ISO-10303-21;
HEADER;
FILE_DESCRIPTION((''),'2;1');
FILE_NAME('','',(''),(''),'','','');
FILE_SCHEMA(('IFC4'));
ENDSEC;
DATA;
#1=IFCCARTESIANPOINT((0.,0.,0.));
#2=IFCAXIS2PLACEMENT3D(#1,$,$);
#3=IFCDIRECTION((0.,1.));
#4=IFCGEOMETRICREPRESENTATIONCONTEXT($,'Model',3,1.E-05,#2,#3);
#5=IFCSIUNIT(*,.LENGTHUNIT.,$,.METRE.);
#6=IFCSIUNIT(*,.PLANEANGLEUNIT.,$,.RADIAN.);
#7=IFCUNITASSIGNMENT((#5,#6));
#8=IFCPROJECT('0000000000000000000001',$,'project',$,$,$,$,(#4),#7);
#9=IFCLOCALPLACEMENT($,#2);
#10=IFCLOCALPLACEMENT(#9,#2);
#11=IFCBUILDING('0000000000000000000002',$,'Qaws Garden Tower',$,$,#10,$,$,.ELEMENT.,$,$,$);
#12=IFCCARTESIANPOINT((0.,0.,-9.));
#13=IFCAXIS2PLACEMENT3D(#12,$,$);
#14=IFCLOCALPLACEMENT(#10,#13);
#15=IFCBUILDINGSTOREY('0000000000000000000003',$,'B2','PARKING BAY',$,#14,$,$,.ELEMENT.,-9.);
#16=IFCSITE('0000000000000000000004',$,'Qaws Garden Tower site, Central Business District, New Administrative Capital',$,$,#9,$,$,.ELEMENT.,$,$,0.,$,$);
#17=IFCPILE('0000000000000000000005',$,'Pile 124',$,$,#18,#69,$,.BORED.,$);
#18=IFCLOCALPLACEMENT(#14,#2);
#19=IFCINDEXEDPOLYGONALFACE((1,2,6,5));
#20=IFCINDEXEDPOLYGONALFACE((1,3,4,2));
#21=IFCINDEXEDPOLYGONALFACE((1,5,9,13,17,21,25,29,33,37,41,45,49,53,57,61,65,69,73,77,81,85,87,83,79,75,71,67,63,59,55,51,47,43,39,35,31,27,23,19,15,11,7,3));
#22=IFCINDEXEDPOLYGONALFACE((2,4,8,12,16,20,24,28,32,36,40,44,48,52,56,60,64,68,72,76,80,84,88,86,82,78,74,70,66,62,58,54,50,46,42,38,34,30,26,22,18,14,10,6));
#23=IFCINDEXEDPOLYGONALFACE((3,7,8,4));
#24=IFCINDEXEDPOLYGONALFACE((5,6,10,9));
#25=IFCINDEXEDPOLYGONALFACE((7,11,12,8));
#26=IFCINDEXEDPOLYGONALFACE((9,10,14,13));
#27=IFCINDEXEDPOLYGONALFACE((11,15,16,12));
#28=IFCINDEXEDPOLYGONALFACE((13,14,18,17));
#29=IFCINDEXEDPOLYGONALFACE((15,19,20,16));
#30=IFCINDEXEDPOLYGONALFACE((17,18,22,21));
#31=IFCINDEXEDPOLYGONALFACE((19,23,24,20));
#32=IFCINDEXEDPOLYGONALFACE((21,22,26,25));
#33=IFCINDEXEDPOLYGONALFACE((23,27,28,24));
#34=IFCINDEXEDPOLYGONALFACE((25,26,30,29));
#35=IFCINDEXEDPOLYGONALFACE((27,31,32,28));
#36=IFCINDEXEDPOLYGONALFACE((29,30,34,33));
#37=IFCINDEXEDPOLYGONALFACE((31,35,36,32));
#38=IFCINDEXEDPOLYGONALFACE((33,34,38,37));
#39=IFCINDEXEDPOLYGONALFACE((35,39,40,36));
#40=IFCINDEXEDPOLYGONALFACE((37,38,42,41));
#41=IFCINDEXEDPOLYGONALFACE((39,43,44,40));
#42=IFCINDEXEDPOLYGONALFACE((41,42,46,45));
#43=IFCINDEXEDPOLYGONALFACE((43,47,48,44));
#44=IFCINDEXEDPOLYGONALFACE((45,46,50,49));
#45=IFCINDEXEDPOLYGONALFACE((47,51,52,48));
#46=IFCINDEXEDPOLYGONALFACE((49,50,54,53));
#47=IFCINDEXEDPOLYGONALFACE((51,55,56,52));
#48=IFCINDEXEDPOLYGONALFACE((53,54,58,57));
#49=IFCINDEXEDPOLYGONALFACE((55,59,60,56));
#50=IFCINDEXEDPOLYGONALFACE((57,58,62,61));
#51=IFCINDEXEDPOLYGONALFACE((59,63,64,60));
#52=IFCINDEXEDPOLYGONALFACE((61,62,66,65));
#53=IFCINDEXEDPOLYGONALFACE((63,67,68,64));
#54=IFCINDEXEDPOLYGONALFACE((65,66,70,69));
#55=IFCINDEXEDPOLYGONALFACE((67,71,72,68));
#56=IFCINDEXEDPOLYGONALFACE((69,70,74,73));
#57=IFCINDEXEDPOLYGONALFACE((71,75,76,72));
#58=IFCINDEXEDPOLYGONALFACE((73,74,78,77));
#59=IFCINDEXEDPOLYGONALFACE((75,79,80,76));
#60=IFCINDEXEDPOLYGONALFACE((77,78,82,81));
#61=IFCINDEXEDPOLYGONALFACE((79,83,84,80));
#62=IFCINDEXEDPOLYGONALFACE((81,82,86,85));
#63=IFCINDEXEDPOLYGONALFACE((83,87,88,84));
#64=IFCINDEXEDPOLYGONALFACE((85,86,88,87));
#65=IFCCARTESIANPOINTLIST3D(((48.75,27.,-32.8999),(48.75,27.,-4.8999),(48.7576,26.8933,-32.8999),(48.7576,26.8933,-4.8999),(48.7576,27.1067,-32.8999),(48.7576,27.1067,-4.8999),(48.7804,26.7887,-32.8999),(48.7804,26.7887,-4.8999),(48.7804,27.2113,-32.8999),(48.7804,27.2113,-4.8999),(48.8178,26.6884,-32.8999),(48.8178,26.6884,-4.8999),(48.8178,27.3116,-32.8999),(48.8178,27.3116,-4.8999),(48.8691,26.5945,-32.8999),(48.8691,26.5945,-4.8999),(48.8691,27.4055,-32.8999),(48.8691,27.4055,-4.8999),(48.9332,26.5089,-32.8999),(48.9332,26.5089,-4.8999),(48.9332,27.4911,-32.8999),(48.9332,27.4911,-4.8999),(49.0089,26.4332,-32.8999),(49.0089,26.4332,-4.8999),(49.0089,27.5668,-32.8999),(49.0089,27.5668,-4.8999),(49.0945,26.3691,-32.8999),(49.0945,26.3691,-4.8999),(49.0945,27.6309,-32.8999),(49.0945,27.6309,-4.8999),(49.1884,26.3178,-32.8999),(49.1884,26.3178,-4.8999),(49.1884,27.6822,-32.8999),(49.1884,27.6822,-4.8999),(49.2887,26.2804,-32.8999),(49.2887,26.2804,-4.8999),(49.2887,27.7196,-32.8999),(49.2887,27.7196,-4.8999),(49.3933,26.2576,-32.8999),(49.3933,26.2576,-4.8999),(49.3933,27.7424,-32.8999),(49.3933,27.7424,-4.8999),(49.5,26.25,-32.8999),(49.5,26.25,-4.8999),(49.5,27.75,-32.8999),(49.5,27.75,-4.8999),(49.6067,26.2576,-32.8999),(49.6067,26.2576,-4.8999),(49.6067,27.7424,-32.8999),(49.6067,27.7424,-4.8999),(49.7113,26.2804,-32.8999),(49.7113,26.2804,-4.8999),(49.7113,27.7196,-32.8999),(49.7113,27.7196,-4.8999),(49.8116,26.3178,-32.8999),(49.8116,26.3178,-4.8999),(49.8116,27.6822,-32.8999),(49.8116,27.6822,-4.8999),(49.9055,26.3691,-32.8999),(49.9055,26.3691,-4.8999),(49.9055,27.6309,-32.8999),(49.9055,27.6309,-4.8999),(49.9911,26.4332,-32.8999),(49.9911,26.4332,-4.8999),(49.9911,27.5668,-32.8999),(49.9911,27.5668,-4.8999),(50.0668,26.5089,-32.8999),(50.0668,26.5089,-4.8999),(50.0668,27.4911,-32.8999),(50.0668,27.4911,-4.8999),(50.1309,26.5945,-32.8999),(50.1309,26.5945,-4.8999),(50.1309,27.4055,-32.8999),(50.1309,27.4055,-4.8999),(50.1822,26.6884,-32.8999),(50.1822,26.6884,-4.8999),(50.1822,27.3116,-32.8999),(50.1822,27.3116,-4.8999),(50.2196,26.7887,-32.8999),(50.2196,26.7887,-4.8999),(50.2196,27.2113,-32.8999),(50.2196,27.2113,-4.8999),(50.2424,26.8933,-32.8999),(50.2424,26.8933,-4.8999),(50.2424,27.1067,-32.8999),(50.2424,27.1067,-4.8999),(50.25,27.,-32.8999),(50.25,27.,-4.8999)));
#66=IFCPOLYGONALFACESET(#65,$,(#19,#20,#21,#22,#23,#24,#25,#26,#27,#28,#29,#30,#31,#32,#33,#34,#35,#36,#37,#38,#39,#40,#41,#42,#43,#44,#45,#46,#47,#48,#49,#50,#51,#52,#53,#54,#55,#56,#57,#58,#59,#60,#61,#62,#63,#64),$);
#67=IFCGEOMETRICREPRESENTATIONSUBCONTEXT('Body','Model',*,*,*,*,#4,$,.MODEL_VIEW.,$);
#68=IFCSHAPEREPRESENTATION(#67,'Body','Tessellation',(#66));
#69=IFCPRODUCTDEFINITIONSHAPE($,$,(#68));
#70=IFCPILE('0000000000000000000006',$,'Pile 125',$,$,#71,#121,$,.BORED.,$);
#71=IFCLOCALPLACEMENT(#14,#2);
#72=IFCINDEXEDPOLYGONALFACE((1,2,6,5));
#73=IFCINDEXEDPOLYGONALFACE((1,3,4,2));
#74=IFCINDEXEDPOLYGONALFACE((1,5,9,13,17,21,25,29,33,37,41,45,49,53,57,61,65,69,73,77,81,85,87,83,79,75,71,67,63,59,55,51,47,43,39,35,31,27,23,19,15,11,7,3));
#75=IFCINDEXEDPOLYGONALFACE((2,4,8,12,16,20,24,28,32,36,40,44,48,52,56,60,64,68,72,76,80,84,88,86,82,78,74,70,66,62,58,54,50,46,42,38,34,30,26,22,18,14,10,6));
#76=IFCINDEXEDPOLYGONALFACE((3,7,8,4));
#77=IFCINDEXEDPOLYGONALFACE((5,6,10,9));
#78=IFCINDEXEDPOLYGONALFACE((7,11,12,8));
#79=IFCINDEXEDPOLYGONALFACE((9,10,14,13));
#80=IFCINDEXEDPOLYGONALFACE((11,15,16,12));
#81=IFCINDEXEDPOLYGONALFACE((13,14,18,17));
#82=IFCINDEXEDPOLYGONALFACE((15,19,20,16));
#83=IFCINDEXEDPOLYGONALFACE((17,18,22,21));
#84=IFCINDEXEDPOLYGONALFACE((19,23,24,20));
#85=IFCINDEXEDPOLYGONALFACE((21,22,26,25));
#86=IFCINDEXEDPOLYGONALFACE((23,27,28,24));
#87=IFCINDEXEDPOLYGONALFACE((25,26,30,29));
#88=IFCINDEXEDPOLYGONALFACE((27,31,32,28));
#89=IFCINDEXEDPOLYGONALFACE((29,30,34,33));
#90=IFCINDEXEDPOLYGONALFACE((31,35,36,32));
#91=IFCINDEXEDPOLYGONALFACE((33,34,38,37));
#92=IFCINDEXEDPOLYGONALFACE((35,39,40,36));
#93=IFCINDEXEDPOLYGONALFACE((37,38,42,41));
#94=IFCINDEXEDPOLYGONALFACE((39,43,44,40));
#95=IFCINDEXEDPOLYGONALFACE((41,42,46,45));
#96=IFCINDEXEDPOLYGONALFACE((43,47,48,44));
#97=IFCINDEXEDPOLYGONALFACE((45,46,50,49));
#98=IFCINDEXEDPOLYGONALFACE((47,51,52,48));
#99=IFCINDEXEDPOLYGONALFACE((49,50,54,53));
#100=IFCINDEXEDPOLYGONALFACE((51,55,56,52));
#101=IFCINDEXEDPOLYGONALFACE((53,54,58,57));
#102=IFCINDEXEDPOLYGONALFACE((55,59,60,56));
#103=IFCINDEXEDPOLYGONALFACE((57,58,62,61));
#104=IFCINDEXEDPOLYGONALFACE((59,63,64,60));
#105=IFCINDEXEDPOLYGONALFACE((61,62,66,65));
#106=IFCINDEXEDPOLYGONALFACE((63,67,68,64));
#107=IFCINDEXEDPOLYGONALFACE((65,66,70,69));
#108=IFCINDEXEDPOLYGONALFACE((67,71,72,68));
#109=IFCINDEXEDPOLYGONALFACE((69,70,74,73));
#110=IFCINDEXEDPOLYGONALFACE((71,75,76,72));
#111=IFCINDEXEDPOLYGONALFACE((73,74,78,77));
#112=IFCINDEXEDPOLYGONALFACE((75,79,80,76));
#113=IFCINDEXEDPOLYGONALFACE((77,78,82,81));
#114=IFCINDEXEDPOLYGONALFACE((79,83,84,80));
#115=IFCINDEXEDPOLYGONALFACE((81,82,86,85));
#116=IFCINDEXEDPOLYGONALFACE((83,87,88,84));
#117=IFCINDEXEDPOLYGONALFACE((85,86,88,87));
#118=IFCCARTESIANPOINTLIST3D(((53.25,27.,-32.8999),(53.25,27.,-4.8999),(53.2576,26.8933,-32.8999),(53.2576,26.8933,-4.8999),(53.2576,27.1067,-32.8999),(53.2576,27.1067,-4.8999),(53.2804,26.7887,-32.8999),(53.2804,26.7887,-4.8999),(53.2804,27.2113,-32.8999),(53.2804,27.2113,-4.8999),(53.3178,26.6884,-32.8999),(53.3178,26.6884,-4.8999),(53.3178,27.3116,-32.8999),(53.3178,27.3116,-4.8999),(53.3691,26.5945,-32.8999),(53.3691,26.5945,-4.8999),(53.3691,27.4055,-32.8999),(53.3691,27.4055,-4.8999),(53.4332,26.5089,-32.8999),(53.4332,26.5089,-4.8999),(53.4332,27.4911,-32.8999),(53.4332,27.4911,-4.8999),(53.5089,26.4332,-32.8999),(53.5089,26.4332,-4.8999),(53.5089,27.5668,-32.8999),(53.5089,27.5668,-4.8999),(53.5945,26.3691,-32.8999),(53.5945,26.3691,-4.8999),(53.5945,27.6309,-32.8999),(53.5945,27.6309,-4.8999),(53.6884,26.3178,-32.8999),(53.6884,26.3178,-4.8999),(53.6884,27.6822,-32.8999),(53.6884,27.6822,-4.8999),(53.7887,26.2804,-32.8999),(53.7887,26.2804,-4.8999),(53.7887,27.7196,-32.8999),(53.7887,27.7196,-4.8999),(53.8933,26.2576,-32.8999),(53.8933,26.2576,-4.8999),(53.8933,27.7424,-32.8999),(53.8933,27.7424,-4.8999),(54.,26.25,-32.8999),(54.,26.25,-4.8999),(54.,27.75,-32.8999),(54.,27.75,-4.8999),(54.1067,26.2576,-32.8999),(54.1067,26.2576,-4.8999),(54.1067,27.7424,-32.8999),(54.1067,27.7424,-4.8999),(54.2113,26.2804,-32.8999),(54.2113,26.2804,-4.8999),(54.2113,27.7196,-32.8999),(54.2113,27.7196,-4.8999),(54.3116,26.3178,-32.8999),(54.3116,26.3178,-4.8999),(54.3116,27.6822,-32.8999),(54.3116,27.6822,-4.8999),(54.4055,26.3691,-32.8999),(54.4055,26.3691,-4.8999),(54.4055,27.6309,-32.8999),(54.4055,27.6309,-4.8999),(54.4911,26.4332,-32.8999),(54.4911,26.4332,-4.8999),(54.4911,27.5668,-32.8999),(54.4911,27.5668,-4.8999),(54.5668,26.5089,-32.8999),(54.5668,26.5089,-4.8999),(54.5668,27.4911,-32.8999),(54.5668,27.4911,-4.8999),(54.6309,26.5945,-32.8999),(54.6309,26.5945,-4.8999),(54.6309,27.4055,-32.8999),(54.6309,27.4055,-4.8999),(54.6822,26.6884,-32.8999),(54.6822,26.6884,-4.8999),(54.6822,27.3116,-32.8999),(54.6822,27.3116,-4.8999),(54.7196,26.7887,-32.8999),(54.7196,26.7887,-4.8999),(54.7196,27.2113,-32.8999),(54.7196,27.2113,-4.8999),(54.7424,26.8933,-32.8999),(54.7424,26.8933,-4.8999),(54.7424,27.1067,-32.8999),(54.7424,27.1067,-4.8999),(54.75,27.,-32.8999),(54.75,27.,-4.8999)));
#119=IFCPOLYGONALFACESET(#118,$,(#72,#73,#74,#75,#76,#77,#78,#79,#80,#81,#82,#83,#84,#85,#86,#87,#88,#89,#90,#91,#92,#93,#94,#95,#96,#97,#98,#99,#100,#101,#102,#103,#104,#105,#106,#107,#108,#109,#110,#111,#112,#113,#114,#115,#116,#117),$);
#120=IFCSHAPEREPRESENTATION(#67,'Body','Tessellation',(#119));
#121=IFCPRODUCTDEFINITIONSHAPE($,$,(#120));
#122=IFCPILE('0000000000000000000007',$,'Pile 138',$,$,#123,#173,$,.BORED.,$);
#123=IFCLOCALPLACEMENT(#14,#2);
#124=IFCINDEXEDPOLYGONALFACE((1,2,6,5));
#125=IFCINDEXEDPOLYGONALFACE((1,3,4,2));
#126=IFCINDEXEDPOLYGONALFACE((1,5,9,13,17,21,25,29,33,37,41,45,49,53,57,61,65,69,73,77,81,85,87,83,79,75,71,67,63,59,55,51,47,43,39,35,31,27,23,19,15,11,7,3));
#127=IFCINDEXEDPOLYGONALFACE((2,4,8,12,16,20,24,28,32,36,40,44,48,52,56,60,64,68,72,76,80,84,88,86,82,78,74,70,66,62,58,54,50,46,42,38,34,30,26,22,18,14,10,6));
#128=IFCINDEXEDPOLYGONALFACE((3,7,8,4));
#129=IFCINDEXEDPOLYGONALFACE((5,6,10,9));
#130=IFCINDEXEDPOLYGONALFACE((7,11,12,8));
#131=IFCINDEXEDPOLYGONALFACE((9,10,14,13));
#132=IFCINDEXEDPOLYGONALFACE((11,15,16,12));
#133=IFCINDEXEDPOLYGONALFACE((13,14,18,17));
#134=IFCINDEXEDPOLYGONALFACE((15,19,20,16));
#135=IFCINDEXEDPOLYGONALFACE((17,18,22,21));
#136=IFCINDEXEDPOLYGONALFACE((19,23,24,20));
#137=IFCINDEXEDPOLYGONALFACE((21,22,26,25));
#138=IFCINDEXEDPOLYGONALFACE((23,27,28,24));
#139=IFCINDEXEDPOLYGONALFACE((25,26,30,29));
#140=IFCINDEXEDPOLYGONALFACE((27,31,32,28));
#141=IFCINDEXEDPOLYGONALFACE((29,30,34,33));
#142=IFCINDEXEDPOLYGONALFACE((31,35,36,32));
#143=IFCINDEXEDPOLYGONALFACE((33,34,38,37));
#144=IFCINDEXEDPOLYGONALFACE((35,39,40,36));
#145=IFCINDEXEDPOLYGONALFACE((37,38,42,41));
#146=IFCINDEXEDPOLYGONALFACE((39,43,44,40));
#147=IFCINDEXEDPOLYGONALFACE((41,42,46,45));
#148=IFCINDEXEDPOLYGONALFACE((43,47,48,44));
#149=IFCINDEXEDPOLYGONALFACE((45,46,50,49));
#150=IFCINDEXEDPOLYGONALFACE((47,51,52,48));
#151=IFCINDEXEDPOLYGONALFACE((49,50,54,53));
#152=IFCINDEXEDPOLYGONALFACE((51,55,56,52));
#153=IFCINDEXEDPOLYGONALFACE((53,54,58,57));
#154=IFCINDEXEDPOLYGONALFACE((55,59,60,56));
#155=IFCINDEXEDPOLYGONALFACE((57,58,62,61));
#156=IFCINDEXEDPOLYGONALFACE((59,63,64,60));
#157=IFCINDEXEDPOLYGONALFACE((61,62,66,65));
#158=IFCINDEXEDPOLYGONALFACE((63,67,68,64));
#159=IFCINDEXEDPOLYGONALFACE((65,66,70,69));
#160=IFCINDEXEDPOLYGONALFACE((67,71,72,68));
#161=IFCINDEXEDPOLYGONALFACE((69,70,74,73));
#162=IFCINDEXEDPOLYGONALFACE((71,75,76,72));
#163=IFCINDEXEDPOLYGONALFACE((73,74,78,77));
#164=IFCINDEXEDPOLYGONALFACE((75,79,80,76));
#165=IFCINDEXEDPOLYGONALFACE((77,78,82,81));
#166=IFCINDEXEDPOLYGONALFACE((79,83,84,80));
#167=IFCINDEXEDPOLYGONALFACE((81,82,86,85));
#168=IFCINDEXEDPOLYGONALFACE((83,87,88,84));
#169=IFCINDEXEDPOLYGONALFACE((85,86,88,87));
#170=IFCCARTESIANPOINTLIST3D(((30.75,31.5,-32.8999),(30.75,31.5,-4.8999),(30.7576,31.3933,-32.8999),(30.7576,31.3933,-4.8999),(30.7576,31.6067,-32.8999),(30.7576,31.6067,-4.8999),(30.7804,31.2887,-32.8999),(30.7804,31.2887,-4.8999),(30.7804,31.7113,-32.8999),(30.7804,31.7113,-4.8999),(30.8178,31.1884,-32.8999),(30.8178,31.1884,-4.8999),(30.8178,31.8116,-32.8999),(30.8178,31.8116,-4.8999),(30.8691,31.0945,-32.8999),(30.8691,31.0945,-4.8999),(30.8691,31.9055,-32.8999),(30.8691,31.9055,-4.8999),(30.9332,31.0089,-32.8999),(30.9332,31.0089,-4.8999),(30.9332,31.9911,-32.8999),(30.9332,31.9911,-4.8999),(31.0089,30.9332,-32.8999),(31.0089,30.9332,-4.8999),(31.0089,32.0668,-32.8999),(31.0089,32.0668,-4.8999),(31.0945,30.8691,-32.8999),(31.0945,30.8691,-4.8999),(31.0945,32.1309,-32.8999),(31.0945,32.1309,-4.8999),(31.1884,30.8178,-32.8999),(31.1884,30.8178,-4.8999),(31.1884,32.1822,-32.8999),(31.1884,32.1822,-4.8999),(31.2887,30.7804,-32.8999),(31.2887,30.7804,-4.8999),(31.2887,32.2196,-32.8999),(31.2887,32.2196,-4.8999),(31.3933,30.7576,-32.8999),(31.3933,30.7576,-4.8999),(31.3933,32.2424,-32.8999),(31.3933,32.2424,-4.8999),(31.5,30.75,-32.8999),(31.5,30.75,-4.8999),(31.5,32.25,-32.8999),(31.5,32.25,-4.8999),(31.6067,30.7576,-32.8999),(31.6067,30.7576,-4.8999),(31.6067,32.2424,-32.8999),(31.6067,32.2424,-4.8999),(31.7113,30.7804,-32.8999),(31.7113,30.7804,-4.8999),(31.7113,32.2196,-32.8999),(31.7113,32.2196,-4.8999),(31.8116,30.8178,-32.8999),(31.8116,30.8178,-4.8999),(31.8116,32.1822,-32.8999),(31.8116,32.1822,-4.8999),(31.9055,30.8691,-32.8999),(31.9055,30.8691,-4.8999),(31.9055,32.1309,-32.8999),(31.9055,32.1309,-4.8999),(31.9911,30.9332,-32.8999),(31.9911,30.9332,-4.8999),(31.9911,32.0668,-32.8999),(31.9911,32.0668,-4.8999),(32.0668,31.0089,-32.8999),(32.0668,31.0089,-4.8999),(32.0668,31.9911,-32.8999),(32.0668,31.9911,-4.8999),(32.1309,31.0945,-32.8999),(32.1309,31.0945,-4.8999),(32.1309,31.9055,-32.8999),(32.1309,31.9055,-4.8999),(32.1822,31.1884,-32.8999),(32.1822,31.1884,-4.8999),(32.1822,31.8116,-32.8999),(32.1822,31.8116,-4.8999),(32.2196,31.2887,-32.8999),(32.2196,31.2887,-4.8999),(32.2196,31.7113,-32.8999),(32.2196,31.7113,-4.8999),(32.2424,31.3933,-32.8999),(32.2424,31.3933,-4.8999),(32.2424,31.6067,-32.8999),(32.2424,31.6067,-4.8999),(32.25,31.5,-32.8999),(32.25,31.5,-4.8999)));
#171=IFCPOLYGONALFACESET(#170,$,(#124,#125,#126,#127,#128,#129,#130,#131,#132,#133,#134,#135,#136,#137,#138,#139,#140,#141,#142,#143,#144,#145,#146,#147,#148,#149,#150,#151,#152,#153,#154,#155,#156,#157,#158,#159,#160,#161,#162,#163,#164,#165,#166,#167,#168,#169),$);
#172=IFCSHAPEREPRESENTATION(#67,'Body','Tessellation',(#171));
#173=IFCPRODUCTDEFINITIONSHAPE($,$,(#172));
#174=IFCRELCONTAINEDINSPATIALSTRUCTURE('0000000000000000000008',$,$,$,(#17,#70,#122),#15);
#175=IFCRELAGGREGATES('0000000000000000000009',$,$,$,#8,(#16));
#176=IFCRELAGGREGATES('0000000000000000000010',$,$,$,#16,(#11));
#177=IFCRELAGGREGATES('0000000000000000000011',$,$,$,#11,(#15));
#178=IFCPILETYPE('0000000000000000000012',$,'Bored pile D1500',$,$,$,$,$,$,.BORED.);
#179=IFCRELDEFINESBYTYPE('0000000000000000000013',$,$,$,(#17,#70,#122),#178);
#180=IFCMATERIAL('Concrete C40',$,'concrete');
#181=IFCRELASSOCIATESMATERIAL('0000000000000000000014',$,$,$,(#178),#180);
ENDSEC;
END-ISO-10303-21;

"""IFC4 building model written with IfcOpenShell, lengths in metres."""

from ifc_helpers import new_model, si_unit, direction, frame, origin, origin_2d, place, context, subcontext, project, spatial, circle, extrude, material, material_profile, profile_set, type_object, element, save


model = new_model("IFC4")

# Units and contexts
model_context = context("Model", 3, precision=1e-05, world=origin(), true_north=direction((0.0, 1.0)))
body_context = subcontext(model_context, "Body", "Model", "MODEL_VIEW")
ifc_project = project(units=[si_unit("LENGTHUNIT", "METRE"), si_unit("PLANEANGLEUNIT", "RADIAN")], contexts=[model_context])

# Site, building, storey
site_placement = place(None, origin())
site = spatial("IfcSite", under=ifc_project, at=site_placement, Name="Qaws Garden Tower site, Central Business District, New Administrative Capital", CompositionType="ELEMENT", RefElevation=0.0)
building_placement = place(site_placement, origin())
building = spatial("IfcBuilding", under=site, at=building_placement, Name="Qaws Garden Tower", CompositionType="ELEMENT")
storey_placement = place(building_placement, frame((0.0, 0.0, -9.0)))
storey = spatial("IfcBuildingStorey", under=building, at=storey_placement, Name="B2", Description="PARKING BAY", CompositionType="ELEMENT", Elevation=-9.0)

# Piles
ifc_material_1 = material(Name="Concrete C40", Category="concrete")
ifc_material_profile_1 = material_profile(ifc_material_1, circle(Radius=0.75, at=origin_2d()), Name="Bored pile D1500")
ifc_profile_set_1 = profile_set([ifc_material_profile_1], Name="Concrete C40")
pile_type = type_object("IfcPileType", Name="Bored pile D1500", PredefinedType="BORED", material=ifc_profile_set_1)
for number, where, z_axis, x_axis, name in (
    (1, (49.5, 27.0, -4.8999), (0.0, 0.0, -1.0), (1.0, 0.0, 0.0), "Pile 124"),
    (2, (54.0, 27.0, -4.8999), (0.0, 0.0, -1.0), (1.0, 0.0, 0.0), "Pile 125"),
    (3, (31.5, 31.5, -4.8999), (0.0, 0.0, -1.0), (1.0, 0.0, 0.0), "Pile 138"),
):
    element("IfcPile", number, at=place(storey_placement, frame(where, z_axis=z_axis, x_axis=x_axis)), inside=storey, type_object=pile_type, Name=name, PredefinedType="BORED", context=body_context, shape_type="SweptSolid", body=[
        extrude(circle(Radius=0.75, at=origin_2d()), origin(), (0.0, 0.0, 1.0), 28.0),
    ])

save(model, "model.ifc")
